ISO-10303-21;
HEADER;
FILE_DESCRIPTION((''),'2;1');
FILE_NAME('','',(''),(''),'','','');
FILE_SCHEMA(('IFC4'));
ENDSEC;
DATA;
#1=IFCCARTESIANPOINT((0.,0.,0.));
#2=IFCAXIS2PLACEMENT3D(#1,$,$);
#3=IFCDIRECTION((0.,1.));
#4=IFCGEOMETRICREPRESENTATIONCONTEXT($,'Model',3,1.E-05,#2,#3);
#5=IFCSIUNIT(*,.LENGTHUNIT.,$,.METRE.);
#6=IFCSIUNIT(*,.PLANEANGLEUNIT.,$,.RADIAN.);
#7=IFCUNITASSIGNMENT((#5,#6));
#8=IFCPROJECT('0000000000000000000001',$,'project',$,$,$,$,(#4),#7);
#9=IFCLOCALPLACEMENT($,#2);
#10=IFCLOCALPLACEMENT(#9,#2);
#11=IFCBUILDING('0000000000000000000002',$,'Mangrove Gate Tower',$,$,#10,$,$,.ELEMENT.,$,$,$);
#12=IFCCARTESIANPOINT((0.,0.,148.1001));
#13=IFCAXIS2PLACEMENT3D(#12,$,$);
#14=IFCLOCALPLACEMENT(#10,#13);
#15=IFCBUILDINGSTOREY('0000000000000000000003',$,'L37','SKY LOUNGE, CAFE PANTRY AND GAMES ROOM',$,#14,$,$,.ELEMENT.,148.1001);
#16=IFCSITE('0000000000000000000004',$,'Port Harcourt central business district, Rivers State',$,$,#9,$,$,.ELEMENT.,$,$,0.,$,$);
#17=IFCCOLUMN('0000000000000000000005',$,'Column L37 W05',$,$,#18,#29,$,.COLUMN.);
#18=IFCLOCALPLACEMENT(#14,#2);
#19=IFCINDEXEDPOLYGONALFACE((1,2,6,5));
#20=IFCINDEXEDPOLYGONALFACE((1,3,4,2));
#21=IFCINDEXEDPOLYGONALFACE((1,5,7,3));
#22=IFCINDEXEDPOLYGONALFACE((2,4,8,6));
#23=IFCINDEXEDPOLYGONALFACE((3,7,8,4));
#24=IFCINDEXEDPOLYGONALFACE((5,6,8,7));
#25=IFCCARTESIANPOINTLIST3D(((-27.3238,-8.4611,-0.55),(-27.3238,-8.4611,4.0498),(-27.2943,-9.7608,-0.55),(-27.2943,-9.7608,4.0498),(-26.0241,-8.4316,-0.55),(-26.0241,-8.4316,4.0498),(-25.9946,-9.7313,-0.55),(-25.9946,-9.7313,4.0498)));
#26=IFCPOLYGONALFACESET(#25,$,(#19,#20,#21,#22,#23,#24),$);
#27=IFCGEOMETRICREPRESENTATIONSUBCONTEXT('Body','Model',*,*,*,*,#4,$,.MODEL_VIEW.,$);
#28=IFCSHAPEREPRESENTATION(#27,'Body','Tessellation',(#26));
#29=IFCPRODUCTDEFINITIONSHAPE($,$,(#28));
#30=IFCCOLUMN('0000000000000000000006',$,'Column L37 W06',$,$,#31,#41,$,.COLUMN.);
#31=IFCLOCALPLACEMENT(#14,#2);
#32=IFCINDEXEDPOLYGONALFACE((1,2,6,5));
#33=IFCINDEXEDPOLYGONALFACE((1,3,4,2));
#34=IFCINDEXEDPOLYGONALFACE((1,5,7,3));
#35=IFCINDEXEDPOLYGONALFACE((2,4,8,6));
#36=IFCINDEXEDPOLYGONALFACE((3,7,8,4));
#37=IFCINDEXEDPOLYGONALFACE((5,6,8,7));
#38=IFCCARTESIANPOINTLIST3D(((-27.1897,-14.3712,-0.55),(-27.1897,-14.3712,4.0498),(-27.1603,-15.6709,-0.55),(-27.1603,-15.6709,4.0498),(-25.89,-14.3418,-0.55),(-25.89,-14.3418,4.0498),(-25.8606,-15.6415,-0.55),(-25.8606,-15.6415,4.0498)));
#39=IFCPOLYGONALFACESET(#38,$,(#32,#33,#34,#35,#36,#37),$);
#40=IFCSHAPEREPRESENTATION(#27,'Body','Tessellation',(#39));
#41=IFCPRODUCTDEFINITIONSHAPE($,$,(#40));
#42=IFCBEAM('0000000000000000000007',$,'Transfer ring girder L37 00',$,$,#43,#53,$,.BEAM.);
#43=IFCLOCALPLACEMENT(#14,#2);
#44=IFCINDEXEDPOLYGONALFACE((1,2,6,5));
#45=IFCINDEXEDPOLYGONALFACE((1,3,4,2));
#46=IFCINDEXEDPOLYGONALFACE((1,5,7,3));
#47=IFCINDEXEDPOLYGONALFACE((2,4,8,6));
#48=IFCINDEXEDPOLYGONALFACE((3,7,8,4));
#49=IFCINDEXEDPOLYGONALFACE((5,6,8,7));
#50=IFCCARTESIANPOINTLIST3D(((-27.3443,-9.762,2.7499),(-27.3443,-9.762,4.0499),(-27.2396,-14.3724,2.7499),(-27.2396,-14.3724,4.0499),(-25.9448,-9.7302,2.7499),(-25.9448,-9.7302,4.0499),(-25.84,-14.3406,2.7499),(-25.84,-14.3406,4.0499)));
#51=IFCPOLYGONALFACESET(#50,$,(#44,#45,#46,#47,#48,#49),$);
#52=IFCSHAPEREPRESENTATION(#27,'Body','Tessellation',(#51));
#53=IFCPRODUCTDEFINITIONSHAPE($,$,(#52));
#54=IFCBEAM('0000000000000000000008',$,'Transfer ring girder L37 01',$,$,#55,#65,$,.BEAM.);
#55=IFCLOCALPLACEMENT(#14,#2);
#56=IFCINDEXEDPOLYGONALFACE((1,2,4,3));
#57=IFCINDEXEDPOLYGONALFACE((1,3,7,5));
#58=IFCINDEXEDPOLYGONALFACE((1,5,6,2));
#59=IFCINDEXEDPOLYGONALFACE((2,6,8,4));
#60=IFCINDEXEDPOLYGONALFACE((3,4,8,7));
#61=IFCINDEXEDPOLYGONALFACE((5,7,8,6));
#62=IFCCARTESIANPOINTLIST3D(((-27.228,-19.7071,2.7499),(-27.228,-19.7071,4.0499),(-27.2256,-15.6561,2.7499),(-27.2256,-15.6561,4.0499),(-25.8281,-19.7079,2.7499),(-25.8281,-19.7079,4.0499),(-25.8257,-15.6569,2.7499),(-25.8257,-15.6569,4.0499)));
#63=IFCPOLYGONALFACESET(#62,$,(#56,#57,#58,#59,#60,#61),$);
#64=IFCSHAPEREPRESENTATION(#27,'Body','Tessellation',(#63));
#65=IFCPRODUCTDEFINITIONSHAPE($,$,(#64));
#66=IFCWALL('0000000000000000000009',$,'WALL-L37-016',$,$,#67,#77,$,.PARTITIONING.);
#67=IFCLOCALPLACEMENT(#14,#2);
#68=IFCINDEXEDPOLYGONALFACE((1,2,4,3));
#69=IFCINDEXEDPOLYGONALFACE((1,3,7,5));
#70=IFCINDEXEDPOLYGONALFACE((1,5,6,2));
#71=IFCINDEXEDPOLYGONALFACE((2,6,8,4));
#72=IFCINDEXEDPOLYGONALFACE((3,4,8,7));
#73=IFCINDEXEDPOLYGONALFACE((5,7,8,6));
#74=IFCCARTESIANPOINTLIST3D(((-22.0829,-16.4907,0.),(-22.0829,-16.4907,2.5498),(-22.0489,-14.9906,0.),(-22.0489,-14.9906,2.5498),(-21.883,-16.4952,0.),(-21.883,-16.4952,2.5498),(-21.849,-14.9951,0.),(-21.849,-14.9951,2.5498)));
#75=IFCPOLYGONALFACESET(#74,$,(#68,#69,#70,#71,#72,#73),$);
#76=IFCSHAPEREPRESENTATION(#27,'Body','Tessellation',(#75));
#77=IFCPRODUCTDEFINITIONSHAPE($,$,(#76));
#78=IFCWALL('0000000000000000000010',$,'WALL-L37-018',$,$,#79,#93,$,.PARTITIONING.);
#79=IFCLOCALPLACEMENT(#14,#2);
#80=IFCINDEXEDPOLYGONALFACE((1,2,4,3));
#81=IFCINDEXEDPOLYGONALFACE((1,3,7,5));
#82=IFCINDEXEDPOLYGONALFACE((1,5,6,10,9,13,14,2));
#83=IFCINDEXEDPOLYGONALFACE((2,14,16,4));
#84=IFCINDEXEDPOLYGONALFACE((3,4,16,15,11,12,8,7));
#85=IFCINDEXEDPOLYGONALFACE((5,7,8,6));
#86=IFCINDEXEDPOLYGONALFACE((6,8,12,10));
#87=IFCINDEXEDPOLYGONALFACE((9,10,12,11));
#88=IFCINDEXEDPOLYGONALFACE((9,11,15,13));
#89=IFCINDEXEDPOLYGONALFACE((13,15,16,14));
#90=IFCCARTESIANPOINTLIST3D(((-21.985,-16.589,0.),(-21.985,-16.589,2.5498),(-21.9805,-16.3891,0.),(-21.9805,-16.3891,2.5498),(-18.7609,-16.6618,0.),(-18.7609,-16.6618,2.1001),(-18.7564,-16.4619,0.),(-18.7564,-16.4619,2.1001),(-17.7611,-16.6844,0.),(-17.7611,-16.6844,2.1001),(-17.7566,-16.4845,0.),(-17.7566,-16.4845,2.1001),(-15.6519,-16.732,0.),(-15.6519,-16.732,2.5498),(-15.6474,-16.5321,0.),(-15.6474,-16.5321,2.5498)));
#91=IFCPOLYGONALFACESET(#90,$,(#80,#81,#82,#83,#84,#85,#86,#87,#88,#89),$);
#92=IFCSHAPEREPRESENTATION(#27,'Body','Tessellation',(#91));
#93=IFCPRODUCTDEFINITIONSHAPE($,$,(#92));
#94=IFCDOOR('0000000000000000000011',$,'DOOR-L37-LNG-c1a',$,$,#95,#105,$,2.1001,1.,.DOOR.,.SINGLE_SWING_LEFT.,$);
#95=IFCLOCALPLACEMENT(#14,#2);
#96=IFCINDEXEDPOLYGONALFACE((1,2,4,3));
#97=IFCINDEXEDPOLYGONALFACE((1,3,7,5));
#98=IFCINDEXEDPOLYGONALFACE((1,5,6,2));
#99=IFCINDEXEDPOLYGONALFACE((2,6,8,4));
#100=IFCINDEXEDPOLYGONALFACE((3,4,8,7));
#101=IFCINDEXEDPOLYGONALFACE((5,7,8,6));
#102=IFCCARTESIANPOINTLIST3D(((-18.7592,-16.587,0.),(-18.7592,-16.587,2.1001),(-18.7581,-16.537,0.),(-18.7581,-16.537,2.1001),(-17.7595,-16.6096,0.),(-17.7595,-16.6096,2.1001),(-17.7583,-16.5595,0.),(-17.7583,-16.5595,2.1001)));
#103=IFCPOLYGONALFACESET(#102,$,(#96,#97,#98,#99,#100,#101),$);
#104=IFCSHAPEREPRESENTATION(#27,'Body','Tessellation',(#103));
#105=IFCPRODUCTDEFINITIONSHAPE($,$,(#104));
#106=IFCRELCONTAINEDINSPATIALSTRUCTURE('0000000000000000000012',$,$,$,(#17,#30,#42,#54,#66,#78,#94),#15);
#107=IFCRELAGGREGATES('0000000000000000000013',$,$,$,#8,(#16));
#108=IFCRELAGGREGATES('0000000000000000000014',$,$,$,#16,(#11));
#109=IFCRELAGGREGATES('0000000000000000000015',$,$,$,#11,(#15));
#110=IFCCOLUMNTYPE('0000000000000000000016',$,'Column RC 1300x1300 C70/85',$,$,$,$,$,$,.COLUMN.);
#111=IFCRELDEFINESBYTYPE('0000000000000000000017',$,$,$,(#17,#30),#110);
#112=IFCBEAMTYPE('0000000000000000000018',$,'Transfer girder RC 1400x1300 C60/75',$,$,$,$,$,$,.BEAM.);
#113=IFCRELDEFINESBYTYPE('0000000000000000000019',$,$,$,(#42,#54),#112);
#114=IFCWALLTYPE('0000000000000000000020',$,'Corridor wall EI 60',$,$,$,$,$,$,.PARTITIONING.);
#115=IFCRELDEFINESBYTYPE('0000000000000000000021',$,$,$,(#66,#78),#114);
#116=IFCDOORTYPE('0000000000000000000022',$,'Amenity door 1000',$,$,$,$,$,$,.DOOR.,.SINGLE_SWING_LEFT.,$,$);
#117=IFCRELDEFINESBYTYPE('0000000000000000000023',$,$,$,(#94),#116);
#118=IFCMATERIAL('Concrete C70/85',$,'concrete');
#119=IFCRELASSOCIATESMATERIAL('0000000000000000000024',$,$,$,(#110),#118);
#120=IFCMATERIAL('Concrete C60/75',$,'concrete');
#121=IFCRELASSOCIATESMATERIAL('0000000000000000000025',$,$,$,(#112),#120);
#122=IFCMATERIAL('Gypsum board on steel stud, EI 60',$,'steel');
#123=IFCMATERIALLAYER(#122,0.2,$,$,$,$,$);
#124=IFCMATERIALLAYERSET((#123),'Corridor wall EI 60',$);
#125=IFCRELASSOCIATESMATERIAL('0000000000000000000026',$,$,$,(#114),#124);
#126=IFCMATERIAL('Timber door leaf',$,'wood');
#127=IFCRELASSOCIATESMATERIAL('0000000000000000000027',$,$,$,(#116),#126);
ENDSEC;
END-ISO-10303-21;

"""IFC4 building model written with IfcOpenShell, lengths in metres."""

from ifc_helpers import new_model, si_unit, direction, frame, frame_2d, origin, origin_2d, place, context, subcontext, project, spatial, rectangle, extrude, material, layer, layer_set, material_profile, profile_set, type_object, element, fill, save


model = new_model("IFC4")

# Units and contexts
model_context = context("Model", 3, precision=1e-05, world=origin(), true_north=direction((0.0, 1.0)))
body_context = subcontext(model_context, "Body", "Model", "MODEL_VIEW")
ifc_project = project(units=[si_unit("LENGTHUNIT", "METRE"), si_unit("PLANEANGLEUNIT", "RADIAN")], contexts=[model_context])

# Site, building, storey
site_placement = place(None, origin())
site = spatial("IfcSite", under=ifc_project, at=site_placement, Name="Port Harcourt central business district, Rivers State", CompositionType="ELEMENT", RefElevation=0.0)
building_placement = place(site_placement, origin())
building = spatial("IfcBuilding", under=site, at=building_placement, Name="Mangrove Gate Tower", CompositionType="ELEMENT")
storey_placement = place(building_placement, frame((0.0, 0.0, 148.1001)))
storey = spatial("IfcBuildingStorey", under=building, at=storey_placement, Name="L37", Description="SKY LOUNGE, CAFE PANTRY AND GAMES ROOM", CompositionType="ELEMENT", Elevation=148.1001)

# Columns
ifc_material_1 = material(Name="Concrete C70/85", Category="concrete")
ifc_material_profile_1 = material_profile(ifc_material_1, rectangle(XDim=1.3, YDim=1.3, at=origin_2d()))
ifc_profile_set_1 = profile_set([ifc_material_profile_1], Name="Concrete C70/85")
column_type = type_object("IfcColumnType", Name="Column RC 1300x1300 C70/85", PredefinedType="COLUMN", material=ifc_profile_set_1)
for number, where, z_axis, x_axis, name in (
    (1, (-26.6592, -9.0962, -0.55), (0.0, 0.0, 1.0), (0.022682, -0.999743, 0.0), "Column L37 W05"),
    (2, (-26.5251, -15.0063, -0.55), (0.0, 0.0, 1.0), (0.022666, -0.999743, 0.0), "Column L37 W06"),
):
    element("IfcColumn", number, at=place(storey_placement, frame(where, z_axis=z_axis, x_axis=x_axis)), inside=storey, type_object=column_type, Name=name, PredefinedType="COLUMN", context=body_context, shape_type="SweptSolid", body=[
        extrude(rectangle(XDim=1.3, YDim=1.3, at=origin_2d()), origin(), (0.0, 0.0, 1.0), 4.5999),
    ])

# Beams
ifc_material_2 = material(Name="Concrete C60/75", Category="concrete")
ifc_material_profile_2 = material_profile(ifc_material_2, rectangle(XDim=1.3999, YDim=1.3, at=origin_2d()))
ifc_profile_set_2 = profile_set([ifc_material_profile_2], Name="Concrete C60/75")
beam_type = type_object("IfcBeamType", Name="Transfer girder RC 1400x1300 C60/75", PredefinedType="BEAM", material=ifc_profile_set_2)
beam_1_placement = place(storey_placement, frame((-26.6445, -9.7461, 3.3999), z_axis=(0.022712, -0.999742, 0.0), x_axis=(0.999742, 0.022712, 0.0)))
element("IfcBeam", 3, at=beam_1_placement, inside=storey, type_object=beam_type, Name="Transfer ring girder L37 00", PredefinedType="BEAM", context=body_context, shape_type="SweptSolid", body=[
    extrude(rectangle(XDim=1.3999, YDim=1.3, at=origin_2d()), origin(), (0.0, 0.0, 1.0), 4.6116),
])
beam_2_placement = place(storey_placement, frame((-26.5256, -15.6565, 3.3999), z_axis=(-0.000603, -1.0, 0.0), x_axis=(1.0, -0.000603, 0.0)))
element("IfcBeam", 4, at=beam_2_placement, inside=storey, type_object=beam_type, Name="Transfer ring girder L37 01", PredefinedType="BEAM", context=body_context, shape_type="SweptSolid", body=[
    extrude(rectangle(XDim=1.3999, YDim=1.3, at=origin_2d()), origin(), (0.0, 0.0, 1.0), 4.051),
])

# Wall
ifc_material_3 = material(Name="Gypsum board on steel stud, EI 60", Category="steel")
ifc_layer_1 = layer(ifc_material_3, 0.2)
ifc_layer_set_1 = layer_set([ifc_layer_1], Name="Corridor wall EI 60")
wall_type_1 = type_object("IfcWallType", Name="Corridor wall EI 60", PredefinedType="PARTITIONING", material=ifc_layer_set_1)
wall_1_placement = place(storey_placement, frame((-21.9829, -16.4929, 0.0), z_axis=(0.0, 0.0, 1.0), x_axis=(0.022618, 0.999744, 0.0)))
element("IfcWall", 5, at=wall_1_placement, inside=storey, type_object=wall_type_1, Name="WALL-L37-016", PredefinedType="PARTITIONING", context=body_context, shape_type="SweptSolid", body=[
    extrude(rectangle(XDim=1.5005, YDim=0.2, at=frame_2d((0.7502, 0.0))), origin(), (0.0, 0.0, 1.0), 2.5498),
])

# Wall, opening, door
wall_2_placement = place(storey_placement, frame((-21.9829, -16.489, 0.0), z_axis=(0.0, 0.0, 1.0), x_axis=(0.999745, -0.022585, 0.0)))
wall_2 = element("IfcWall", 6, at=wall_2_placement, inside=storey, type_object=wall_type_1, Name="WALL-L37-018", PredefinedType="PARTITIONING", context=body_context, shape_type="SweptSolid", body=[
    extrude(rectangle(XDim=6.3347, YDim=0.2, at=frame_2d((3.1675, 0.0))), origin(), (0.0, 0.0, 1.0), 2.5498),
])
opening_1_placement = place(wall_2_placement, frame((3.2251, 0.0, 0.0)))
opening_1 = element("IfcOpeningElement", 7, at=opening_1_placement, cuts=wall_2, PredefinedType="OPENING", context=body_context, shape_type="SweptSolid", body=[
    extrude(rectangle(XDim=1.0, YDim=2.1001, at=frame_2d((0.5, 1.05))), frame((0.0, 0.1099, 0.0), z_axis=(0.0, -1.0, 0.0), x_axis=(1.0, 0.0, 0.0)), (0.0, 0.0, 1.0), 0.22),
])
ifc_material_4 = material(Name="Timber door leaf", Category="wood")
door_type_1 = type_object("IfcDoorType", Name="Amenity door 1000", OperationType="SINGLE_SWING_LEFT", PredefinedType="DOOR", material=ifc_material_4)
door_1_placement = place(opening_1_placement, origin())
door_1 = element("IfcDoor", 8, at=door_1_placement, inside=storey, type_object=door_type_1, Name="DOOR-L37-LNG-c1a", OperationType="SINGLE_SWING_LEFT", OverallHeight=2.1001, OverallWidth=1.0, PredefinedType="DOOR", context=body_context, shape_type="SweptSolid", body=[
    extrude(rectangle(XDim=1.0, YDim=2.1001, at=frame_2d((0.5, 1.05))), frame((0.0, 0.0249, 0.0), z_axis=(0.0, -1.0, 0.0), x_axis=(1.0, 0.0, 0.0)), (0.0, 0.0, 1.0), 0.05),
])
fill(opening_1, door_1)

save(model, "model.ifc")
